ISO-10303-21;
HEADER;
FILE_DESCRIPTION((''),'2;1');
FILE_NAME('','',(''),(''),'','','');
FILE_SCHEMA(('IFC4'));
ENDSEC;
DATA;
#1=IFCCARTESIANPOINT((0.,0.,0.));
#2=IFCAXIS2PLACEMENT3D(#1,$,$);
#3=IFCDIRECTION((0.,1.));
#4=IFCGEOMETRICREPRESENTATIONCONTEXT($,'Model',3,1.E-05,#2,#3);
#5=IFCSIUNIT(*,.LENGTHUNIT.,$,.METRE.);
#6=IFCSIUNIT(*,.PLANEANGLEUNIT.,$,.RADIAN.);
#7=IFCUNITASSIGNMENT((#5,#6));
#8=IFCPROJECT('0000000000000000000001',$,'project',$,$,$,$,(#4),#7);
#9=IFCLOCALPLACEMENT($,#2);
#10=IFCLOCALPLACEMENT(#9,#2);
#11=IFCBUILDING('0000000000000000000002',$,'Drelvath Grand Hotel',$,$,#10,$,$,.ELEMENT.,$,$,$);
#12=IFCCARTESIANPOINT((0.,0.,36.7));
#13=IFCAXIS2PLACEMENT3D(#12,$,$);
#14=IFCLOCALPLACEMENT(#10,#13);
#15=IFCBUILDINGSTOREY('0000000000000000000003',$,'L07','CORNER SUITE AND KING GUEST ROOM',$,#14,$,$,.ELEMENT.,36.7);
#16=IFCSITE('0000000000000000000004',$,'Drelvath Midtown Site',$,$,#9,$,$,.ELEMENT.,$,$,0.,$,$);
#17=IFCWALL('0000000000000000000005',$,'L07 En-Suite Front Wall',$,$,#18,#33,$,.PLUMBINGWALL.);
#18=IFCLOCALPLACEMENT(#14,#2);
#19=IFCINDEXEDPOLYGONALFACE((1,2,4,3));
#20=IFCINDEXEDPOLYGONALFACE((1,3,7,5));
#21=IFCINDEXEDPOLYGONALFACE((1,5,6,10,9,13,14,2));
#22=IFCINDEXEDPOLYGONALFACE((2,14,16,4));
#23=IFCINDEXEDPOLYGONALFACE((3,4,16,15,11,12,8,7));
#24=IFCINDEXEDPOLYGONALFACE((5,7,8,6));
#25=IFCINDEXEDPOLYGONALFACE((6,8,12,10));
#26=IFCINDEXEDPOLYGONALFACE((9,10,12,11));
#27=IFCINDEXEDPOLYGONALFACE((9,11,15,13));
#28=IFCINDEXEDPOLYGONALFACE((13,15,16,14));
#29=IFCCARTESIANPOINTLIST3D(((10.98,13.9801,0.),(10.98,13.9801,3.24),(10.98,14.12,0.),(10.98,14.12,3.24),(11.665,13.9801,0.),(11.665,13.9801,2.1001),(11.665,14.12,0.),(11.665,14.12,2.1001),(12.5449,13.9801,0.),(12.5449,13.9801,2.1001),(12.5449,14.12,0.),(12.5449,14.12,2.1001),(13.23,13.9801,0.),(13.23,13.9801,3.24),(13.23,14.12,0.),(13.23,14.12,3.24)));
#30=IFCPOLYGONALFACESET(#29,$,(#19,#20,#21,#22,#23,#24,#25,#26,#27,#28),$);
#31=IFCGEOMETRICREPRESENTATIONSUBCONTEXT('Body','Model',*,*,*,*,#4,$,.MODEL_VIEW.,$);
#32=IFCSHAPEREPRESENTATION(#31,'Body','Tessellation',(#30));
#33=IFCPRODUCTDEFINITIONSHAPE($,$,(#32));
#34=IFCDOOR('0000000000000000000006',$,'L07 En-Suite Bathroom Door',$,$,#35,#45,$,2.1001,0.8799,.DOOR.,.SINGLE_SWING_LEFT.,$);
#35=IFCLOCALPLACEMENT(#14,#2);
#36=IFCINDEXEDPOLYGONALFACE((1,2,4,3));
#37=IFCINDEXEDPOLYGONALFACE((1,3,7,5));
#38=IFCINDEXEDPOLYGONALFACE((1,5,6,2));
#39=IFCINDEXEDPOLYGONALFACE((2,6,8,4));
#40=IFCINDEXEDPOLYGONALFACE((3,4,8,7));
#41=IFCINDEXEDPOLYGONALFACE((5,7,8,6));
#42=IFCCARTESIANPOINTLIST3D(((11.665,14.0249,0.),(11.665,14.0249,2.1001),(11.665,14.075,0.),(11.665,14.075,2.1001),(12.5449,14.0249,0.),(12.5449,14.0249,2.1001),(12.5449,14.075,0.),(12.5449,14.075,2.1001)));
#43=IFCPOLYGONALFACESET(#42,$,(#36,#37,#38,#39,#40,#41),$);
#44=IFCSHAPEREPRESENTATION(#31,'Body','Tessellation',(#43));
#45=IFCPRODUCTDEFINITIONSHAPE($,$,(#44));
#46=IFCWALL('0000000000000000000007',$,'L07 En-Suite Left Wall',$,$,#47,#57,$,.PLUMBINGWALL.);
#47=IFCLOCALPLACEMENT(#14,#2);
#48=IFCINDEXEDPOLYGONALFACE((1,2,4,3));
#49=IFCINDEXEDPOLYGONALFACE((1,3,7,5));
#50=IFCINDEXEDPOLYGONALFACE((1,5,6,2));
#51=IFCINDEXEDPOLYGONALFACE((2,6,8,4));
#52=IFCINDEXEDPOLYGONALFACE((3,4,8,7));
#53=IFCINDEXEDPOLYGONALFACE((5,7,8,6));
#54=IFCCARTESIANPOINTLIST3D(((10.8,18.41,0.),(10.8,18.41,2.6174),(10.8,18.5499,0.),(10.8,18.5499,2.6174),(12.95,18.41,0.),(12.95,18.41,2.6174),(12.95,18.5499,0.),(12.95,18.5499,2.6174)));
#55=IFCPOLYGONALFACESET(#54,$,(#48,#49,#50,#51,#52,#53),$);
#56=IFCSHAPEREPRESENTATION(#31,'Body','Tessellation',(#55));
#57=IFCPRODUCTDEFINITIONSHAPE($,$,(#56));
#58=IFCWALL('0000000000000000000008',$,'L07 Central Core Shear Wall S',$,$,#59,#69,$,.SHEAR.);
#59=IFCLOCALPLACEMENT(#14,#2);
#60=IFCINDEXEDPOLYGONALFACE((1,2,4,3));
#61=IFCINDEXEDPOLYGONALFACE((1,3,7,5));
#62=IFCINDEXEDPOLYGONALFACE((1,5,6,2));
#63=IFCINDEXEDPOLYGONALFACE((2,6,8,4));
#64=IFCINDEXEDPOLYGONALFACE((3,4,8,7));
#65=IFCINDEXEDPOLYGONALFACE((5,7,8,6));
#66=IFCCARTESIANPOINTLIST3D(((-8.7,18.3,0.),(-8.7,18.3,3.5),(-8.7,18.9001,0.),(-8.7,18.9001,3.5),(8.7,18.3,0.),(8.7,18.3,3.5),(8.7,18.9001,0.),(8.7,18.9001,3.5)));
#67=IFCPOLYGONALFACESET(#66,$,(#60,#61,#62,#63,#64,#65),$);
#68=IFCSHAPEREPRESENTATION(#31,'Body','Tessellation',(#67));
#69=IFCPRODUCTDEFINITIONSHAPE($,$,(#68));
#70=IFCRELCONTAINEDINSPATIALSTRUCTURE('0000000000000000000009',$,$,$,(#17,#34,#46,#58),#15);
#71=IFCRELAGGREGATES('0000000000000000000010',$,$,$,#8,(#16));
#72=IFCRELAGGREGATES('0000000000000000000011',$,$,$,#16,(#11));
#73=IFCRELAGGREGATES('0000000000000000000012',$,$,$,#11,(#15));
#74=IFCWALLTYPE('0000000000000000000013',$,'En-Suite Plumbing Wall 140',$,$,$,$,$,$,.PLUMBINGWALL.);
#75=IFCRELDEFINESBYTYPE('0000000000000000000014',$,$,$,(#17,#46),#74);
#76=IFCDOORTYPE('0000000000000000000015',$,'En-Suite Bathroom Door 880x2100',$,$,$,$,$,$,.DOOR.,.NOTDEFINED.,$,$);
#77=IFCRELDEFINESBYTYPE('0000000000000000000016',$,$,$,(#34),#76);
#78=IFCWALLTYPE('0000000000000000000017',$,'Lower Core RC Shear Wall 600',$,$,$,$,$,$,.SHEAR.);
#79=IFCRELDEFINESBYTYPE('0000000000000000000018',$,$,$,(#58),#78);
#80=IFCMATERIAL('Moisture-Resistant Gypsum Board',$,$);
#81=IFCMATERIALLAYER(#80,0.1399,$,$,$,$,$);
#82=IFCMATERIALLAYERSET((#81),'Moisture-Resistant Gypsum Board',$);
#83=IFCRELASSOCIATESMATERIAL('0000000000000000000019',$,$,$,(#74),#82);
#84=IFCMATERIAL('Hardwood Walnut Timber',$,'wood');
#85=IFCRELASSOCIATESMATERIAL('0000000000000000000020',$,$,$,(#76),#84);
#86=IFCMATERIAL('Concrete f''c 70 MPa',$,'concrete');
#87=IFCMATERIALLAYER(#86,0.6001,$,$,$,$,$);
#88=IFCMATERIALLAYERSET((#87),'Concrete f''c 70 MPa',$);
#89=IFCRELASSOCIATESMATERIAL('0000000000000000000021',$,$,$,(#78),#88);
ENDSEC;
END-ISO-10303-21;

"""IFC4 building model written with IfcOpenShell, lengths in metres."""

from ifc_helpers import new_model, si_unit, direction, frame, frame_2d, origin, place, context, subcontext, project, spatial, rectangle, extrude, material, layer, layer_set, type_object, element, fill, save


model = new_model("IFC4")

# Units and contexts
model_context = context("Model", 3, precision=1e-05, world=origin(), true_north=direction((0.0, 1.0)))
body_context = subcontext(model_context, "Body", "Model", "MODEL_VIEW")
ifc_project = project(units=[si_unit("LENGTHUNIT", "METRE"), si_unit("PLANEANGLEUNIT", "RADIAN")], contexts=[model_context])

# Site, building, storey
site_placement = place(None, origin())
site = spatial("IfcSite", under=ifc_project, at=site_placement, Name="Drelvath Midtown Site", CompositionType="ELEMENT", RefElevation=0.0)
building_placement = place(site_placement, origin())
building = spatial("IfcBuilding", under=site, at=building_placement, Name="Drelvath Grand Hotel", CompositionType="ELEMENT")
storey_placement = place(building_placement, frame((0.0, 0.0, 36.7)))
storey = spatial("IfcBuildingStorey", under=building, at=storey_placement, Name="L07", Description="CORNER SUITE AND KING GUEST ROOM", CompositionType="ELEMENT", Elevation=36.7)

# Shared definitions
ifc_material_1 = material(Name="Hardwood Walnut Timber", Category="wood")

# Shared definitions
ifc_material_2 = material(Name="Moisture-Resistant Gypsum Board")
ifc_layer_1 = layer(ifc_material_2, 0.1399)
ifc_layer_set_1 = layer_set([ifc_layer_1], Name="Moisture-Resistant Gypsum Board")
wall_type_1 = type_object("IfcWallType", Name="En-Suite Plumbing Wall 140", PredefinedType="PLUMBINGWALL", material=ifc_layer_set_1)

# Wall, opening, door
door_type_1 = type_object("IfcDoorType", Name="En-Suite Bathroom Door 880x2100", OperationType="NOTDEFINED", PredefinedType="DOOR", material=ifc_material_1)
wall_1_placement = place(storey_placement, frame((10.98, 14.05, 0.0), z_axis=(0.0, 0.0, 1.0), x_axis=(1.0, 0.0, 0.0)))
wall_1 = element("IfcWall", 1, at=wall_1_placement, inside=storey, type_object=wall_type_1, Name="L07 En-Suite Front Wall", PredefinedType="PLUMBINGWALL", context=body_context, shape_type="SweptSolid", body=[
    extrude(rectangle(XDim=2.25, YDim=0.1399, at=frame_2d((1.125, 0.0))), origin(), (0.0, 0.0, 1.0), 3.24),
])
opening_1_placement = place(wall_1_placement, frame((0.6851, 0.0, 0.0)))
opening_1 = element("IfcOpeningElement", 2, at=opening_1_placement, cuts=wall_1, PredefinedType="OPENING", context=body_context, shape_type="SweptSolid", body=[
    extrude(rectangle(XDim=0.8799, YDim=2.1001, at=frame_2d((0.4399, 1.05))), frame((0.0, 0.0798, 0.0), z_axis=(0.0, -1.0, 0.0), x_axis=(1.0, 0.0, 0.0)), (0.0, 0.0, 1.0), 0.1599),
])
door_1_placement = place(opening_1_placement, origin())
door_1 = element("IfcDoor", 3, at=door_1_placement, inside=storey, type_object=door_type_1, Name="L07 En-Suite Bathroom Door", OperationType="SINGLE_SWING_LEFT", OverallHeight=2.1001, OverallWidth=0.8799, PredefinedType="DOOR", context=body_context, shape_type="SweptSolid", body=[
    extrude(rectangle(XDim=0.8799, YDim=2.1001, at=frame_2d((0.4399, 1.05))), frame((0.0, 0.0249, 0.0), z_axis=(0.0, -1.0, 0.0), x_axis=(1.0, 0.0, 0.0)), (0.0, 0.0, 1.0), 0.05),
])
fill(opening_1, door_1)

# Walls
wall_2_placement = place(storey_placement, frame((10.8, 18.48, 0.0), z_axis=(0.0, 0.0, 1.0), x_axis=(1.0, 0.0, 0.0)))
element("IfcWall", 4, at=wall_2_placement, inside=storey, type_object=wall_type_1, Name="L07 En-Suite Left Wall", PredefinedType="PLUMBINGWALL", context=body_context, shape_type="SweptSolid", body=[
    extrude(rectangle(XDim=2.1499, YDim=0.1399, at=frame_2d((1.075, 0.0))), origin(), (0.0, 0.0, 1.0), 2.6174),
])
ifc_material_3 = material(Name="Concrete f'c 70 MPa", Category="concrete")
ifc_layer_2 = layer(ifc_material_3, 0.6001)
ifc_layer_set_2 = layer_set([ifc_layer_2], Name="Concrete f'c 70 MPa")
wall_type_2 = type_object("IfcWallType", Name="Lower Core RC Shear Wall 600", PredefinedType="SHEAR", material=ifc_layer_set_2)
wall_3_placement = place(storey_placement, frame((8.7, 18.6001, 0.0), z_axis=(0.0, 0.0, 1.0), x_axis=(-1.0, 0.0, 0.0)))
element("IfcWall", 5, at=wall_3_placement, inside=storey, type_object=wall_type_2, Name="L07 Central Core Shear Wall S", PredefinedType="SHEAR", context=body_context, shape_type="SweptSolid", body=[
    extrude(rectangle(XDim=17.3999, YDim=0.6001, at=frame_2d((8.7, 0.0))), origin(), (0.0, 0.0, 1.0), 3.5),
])

save(model, "model.ifc")
